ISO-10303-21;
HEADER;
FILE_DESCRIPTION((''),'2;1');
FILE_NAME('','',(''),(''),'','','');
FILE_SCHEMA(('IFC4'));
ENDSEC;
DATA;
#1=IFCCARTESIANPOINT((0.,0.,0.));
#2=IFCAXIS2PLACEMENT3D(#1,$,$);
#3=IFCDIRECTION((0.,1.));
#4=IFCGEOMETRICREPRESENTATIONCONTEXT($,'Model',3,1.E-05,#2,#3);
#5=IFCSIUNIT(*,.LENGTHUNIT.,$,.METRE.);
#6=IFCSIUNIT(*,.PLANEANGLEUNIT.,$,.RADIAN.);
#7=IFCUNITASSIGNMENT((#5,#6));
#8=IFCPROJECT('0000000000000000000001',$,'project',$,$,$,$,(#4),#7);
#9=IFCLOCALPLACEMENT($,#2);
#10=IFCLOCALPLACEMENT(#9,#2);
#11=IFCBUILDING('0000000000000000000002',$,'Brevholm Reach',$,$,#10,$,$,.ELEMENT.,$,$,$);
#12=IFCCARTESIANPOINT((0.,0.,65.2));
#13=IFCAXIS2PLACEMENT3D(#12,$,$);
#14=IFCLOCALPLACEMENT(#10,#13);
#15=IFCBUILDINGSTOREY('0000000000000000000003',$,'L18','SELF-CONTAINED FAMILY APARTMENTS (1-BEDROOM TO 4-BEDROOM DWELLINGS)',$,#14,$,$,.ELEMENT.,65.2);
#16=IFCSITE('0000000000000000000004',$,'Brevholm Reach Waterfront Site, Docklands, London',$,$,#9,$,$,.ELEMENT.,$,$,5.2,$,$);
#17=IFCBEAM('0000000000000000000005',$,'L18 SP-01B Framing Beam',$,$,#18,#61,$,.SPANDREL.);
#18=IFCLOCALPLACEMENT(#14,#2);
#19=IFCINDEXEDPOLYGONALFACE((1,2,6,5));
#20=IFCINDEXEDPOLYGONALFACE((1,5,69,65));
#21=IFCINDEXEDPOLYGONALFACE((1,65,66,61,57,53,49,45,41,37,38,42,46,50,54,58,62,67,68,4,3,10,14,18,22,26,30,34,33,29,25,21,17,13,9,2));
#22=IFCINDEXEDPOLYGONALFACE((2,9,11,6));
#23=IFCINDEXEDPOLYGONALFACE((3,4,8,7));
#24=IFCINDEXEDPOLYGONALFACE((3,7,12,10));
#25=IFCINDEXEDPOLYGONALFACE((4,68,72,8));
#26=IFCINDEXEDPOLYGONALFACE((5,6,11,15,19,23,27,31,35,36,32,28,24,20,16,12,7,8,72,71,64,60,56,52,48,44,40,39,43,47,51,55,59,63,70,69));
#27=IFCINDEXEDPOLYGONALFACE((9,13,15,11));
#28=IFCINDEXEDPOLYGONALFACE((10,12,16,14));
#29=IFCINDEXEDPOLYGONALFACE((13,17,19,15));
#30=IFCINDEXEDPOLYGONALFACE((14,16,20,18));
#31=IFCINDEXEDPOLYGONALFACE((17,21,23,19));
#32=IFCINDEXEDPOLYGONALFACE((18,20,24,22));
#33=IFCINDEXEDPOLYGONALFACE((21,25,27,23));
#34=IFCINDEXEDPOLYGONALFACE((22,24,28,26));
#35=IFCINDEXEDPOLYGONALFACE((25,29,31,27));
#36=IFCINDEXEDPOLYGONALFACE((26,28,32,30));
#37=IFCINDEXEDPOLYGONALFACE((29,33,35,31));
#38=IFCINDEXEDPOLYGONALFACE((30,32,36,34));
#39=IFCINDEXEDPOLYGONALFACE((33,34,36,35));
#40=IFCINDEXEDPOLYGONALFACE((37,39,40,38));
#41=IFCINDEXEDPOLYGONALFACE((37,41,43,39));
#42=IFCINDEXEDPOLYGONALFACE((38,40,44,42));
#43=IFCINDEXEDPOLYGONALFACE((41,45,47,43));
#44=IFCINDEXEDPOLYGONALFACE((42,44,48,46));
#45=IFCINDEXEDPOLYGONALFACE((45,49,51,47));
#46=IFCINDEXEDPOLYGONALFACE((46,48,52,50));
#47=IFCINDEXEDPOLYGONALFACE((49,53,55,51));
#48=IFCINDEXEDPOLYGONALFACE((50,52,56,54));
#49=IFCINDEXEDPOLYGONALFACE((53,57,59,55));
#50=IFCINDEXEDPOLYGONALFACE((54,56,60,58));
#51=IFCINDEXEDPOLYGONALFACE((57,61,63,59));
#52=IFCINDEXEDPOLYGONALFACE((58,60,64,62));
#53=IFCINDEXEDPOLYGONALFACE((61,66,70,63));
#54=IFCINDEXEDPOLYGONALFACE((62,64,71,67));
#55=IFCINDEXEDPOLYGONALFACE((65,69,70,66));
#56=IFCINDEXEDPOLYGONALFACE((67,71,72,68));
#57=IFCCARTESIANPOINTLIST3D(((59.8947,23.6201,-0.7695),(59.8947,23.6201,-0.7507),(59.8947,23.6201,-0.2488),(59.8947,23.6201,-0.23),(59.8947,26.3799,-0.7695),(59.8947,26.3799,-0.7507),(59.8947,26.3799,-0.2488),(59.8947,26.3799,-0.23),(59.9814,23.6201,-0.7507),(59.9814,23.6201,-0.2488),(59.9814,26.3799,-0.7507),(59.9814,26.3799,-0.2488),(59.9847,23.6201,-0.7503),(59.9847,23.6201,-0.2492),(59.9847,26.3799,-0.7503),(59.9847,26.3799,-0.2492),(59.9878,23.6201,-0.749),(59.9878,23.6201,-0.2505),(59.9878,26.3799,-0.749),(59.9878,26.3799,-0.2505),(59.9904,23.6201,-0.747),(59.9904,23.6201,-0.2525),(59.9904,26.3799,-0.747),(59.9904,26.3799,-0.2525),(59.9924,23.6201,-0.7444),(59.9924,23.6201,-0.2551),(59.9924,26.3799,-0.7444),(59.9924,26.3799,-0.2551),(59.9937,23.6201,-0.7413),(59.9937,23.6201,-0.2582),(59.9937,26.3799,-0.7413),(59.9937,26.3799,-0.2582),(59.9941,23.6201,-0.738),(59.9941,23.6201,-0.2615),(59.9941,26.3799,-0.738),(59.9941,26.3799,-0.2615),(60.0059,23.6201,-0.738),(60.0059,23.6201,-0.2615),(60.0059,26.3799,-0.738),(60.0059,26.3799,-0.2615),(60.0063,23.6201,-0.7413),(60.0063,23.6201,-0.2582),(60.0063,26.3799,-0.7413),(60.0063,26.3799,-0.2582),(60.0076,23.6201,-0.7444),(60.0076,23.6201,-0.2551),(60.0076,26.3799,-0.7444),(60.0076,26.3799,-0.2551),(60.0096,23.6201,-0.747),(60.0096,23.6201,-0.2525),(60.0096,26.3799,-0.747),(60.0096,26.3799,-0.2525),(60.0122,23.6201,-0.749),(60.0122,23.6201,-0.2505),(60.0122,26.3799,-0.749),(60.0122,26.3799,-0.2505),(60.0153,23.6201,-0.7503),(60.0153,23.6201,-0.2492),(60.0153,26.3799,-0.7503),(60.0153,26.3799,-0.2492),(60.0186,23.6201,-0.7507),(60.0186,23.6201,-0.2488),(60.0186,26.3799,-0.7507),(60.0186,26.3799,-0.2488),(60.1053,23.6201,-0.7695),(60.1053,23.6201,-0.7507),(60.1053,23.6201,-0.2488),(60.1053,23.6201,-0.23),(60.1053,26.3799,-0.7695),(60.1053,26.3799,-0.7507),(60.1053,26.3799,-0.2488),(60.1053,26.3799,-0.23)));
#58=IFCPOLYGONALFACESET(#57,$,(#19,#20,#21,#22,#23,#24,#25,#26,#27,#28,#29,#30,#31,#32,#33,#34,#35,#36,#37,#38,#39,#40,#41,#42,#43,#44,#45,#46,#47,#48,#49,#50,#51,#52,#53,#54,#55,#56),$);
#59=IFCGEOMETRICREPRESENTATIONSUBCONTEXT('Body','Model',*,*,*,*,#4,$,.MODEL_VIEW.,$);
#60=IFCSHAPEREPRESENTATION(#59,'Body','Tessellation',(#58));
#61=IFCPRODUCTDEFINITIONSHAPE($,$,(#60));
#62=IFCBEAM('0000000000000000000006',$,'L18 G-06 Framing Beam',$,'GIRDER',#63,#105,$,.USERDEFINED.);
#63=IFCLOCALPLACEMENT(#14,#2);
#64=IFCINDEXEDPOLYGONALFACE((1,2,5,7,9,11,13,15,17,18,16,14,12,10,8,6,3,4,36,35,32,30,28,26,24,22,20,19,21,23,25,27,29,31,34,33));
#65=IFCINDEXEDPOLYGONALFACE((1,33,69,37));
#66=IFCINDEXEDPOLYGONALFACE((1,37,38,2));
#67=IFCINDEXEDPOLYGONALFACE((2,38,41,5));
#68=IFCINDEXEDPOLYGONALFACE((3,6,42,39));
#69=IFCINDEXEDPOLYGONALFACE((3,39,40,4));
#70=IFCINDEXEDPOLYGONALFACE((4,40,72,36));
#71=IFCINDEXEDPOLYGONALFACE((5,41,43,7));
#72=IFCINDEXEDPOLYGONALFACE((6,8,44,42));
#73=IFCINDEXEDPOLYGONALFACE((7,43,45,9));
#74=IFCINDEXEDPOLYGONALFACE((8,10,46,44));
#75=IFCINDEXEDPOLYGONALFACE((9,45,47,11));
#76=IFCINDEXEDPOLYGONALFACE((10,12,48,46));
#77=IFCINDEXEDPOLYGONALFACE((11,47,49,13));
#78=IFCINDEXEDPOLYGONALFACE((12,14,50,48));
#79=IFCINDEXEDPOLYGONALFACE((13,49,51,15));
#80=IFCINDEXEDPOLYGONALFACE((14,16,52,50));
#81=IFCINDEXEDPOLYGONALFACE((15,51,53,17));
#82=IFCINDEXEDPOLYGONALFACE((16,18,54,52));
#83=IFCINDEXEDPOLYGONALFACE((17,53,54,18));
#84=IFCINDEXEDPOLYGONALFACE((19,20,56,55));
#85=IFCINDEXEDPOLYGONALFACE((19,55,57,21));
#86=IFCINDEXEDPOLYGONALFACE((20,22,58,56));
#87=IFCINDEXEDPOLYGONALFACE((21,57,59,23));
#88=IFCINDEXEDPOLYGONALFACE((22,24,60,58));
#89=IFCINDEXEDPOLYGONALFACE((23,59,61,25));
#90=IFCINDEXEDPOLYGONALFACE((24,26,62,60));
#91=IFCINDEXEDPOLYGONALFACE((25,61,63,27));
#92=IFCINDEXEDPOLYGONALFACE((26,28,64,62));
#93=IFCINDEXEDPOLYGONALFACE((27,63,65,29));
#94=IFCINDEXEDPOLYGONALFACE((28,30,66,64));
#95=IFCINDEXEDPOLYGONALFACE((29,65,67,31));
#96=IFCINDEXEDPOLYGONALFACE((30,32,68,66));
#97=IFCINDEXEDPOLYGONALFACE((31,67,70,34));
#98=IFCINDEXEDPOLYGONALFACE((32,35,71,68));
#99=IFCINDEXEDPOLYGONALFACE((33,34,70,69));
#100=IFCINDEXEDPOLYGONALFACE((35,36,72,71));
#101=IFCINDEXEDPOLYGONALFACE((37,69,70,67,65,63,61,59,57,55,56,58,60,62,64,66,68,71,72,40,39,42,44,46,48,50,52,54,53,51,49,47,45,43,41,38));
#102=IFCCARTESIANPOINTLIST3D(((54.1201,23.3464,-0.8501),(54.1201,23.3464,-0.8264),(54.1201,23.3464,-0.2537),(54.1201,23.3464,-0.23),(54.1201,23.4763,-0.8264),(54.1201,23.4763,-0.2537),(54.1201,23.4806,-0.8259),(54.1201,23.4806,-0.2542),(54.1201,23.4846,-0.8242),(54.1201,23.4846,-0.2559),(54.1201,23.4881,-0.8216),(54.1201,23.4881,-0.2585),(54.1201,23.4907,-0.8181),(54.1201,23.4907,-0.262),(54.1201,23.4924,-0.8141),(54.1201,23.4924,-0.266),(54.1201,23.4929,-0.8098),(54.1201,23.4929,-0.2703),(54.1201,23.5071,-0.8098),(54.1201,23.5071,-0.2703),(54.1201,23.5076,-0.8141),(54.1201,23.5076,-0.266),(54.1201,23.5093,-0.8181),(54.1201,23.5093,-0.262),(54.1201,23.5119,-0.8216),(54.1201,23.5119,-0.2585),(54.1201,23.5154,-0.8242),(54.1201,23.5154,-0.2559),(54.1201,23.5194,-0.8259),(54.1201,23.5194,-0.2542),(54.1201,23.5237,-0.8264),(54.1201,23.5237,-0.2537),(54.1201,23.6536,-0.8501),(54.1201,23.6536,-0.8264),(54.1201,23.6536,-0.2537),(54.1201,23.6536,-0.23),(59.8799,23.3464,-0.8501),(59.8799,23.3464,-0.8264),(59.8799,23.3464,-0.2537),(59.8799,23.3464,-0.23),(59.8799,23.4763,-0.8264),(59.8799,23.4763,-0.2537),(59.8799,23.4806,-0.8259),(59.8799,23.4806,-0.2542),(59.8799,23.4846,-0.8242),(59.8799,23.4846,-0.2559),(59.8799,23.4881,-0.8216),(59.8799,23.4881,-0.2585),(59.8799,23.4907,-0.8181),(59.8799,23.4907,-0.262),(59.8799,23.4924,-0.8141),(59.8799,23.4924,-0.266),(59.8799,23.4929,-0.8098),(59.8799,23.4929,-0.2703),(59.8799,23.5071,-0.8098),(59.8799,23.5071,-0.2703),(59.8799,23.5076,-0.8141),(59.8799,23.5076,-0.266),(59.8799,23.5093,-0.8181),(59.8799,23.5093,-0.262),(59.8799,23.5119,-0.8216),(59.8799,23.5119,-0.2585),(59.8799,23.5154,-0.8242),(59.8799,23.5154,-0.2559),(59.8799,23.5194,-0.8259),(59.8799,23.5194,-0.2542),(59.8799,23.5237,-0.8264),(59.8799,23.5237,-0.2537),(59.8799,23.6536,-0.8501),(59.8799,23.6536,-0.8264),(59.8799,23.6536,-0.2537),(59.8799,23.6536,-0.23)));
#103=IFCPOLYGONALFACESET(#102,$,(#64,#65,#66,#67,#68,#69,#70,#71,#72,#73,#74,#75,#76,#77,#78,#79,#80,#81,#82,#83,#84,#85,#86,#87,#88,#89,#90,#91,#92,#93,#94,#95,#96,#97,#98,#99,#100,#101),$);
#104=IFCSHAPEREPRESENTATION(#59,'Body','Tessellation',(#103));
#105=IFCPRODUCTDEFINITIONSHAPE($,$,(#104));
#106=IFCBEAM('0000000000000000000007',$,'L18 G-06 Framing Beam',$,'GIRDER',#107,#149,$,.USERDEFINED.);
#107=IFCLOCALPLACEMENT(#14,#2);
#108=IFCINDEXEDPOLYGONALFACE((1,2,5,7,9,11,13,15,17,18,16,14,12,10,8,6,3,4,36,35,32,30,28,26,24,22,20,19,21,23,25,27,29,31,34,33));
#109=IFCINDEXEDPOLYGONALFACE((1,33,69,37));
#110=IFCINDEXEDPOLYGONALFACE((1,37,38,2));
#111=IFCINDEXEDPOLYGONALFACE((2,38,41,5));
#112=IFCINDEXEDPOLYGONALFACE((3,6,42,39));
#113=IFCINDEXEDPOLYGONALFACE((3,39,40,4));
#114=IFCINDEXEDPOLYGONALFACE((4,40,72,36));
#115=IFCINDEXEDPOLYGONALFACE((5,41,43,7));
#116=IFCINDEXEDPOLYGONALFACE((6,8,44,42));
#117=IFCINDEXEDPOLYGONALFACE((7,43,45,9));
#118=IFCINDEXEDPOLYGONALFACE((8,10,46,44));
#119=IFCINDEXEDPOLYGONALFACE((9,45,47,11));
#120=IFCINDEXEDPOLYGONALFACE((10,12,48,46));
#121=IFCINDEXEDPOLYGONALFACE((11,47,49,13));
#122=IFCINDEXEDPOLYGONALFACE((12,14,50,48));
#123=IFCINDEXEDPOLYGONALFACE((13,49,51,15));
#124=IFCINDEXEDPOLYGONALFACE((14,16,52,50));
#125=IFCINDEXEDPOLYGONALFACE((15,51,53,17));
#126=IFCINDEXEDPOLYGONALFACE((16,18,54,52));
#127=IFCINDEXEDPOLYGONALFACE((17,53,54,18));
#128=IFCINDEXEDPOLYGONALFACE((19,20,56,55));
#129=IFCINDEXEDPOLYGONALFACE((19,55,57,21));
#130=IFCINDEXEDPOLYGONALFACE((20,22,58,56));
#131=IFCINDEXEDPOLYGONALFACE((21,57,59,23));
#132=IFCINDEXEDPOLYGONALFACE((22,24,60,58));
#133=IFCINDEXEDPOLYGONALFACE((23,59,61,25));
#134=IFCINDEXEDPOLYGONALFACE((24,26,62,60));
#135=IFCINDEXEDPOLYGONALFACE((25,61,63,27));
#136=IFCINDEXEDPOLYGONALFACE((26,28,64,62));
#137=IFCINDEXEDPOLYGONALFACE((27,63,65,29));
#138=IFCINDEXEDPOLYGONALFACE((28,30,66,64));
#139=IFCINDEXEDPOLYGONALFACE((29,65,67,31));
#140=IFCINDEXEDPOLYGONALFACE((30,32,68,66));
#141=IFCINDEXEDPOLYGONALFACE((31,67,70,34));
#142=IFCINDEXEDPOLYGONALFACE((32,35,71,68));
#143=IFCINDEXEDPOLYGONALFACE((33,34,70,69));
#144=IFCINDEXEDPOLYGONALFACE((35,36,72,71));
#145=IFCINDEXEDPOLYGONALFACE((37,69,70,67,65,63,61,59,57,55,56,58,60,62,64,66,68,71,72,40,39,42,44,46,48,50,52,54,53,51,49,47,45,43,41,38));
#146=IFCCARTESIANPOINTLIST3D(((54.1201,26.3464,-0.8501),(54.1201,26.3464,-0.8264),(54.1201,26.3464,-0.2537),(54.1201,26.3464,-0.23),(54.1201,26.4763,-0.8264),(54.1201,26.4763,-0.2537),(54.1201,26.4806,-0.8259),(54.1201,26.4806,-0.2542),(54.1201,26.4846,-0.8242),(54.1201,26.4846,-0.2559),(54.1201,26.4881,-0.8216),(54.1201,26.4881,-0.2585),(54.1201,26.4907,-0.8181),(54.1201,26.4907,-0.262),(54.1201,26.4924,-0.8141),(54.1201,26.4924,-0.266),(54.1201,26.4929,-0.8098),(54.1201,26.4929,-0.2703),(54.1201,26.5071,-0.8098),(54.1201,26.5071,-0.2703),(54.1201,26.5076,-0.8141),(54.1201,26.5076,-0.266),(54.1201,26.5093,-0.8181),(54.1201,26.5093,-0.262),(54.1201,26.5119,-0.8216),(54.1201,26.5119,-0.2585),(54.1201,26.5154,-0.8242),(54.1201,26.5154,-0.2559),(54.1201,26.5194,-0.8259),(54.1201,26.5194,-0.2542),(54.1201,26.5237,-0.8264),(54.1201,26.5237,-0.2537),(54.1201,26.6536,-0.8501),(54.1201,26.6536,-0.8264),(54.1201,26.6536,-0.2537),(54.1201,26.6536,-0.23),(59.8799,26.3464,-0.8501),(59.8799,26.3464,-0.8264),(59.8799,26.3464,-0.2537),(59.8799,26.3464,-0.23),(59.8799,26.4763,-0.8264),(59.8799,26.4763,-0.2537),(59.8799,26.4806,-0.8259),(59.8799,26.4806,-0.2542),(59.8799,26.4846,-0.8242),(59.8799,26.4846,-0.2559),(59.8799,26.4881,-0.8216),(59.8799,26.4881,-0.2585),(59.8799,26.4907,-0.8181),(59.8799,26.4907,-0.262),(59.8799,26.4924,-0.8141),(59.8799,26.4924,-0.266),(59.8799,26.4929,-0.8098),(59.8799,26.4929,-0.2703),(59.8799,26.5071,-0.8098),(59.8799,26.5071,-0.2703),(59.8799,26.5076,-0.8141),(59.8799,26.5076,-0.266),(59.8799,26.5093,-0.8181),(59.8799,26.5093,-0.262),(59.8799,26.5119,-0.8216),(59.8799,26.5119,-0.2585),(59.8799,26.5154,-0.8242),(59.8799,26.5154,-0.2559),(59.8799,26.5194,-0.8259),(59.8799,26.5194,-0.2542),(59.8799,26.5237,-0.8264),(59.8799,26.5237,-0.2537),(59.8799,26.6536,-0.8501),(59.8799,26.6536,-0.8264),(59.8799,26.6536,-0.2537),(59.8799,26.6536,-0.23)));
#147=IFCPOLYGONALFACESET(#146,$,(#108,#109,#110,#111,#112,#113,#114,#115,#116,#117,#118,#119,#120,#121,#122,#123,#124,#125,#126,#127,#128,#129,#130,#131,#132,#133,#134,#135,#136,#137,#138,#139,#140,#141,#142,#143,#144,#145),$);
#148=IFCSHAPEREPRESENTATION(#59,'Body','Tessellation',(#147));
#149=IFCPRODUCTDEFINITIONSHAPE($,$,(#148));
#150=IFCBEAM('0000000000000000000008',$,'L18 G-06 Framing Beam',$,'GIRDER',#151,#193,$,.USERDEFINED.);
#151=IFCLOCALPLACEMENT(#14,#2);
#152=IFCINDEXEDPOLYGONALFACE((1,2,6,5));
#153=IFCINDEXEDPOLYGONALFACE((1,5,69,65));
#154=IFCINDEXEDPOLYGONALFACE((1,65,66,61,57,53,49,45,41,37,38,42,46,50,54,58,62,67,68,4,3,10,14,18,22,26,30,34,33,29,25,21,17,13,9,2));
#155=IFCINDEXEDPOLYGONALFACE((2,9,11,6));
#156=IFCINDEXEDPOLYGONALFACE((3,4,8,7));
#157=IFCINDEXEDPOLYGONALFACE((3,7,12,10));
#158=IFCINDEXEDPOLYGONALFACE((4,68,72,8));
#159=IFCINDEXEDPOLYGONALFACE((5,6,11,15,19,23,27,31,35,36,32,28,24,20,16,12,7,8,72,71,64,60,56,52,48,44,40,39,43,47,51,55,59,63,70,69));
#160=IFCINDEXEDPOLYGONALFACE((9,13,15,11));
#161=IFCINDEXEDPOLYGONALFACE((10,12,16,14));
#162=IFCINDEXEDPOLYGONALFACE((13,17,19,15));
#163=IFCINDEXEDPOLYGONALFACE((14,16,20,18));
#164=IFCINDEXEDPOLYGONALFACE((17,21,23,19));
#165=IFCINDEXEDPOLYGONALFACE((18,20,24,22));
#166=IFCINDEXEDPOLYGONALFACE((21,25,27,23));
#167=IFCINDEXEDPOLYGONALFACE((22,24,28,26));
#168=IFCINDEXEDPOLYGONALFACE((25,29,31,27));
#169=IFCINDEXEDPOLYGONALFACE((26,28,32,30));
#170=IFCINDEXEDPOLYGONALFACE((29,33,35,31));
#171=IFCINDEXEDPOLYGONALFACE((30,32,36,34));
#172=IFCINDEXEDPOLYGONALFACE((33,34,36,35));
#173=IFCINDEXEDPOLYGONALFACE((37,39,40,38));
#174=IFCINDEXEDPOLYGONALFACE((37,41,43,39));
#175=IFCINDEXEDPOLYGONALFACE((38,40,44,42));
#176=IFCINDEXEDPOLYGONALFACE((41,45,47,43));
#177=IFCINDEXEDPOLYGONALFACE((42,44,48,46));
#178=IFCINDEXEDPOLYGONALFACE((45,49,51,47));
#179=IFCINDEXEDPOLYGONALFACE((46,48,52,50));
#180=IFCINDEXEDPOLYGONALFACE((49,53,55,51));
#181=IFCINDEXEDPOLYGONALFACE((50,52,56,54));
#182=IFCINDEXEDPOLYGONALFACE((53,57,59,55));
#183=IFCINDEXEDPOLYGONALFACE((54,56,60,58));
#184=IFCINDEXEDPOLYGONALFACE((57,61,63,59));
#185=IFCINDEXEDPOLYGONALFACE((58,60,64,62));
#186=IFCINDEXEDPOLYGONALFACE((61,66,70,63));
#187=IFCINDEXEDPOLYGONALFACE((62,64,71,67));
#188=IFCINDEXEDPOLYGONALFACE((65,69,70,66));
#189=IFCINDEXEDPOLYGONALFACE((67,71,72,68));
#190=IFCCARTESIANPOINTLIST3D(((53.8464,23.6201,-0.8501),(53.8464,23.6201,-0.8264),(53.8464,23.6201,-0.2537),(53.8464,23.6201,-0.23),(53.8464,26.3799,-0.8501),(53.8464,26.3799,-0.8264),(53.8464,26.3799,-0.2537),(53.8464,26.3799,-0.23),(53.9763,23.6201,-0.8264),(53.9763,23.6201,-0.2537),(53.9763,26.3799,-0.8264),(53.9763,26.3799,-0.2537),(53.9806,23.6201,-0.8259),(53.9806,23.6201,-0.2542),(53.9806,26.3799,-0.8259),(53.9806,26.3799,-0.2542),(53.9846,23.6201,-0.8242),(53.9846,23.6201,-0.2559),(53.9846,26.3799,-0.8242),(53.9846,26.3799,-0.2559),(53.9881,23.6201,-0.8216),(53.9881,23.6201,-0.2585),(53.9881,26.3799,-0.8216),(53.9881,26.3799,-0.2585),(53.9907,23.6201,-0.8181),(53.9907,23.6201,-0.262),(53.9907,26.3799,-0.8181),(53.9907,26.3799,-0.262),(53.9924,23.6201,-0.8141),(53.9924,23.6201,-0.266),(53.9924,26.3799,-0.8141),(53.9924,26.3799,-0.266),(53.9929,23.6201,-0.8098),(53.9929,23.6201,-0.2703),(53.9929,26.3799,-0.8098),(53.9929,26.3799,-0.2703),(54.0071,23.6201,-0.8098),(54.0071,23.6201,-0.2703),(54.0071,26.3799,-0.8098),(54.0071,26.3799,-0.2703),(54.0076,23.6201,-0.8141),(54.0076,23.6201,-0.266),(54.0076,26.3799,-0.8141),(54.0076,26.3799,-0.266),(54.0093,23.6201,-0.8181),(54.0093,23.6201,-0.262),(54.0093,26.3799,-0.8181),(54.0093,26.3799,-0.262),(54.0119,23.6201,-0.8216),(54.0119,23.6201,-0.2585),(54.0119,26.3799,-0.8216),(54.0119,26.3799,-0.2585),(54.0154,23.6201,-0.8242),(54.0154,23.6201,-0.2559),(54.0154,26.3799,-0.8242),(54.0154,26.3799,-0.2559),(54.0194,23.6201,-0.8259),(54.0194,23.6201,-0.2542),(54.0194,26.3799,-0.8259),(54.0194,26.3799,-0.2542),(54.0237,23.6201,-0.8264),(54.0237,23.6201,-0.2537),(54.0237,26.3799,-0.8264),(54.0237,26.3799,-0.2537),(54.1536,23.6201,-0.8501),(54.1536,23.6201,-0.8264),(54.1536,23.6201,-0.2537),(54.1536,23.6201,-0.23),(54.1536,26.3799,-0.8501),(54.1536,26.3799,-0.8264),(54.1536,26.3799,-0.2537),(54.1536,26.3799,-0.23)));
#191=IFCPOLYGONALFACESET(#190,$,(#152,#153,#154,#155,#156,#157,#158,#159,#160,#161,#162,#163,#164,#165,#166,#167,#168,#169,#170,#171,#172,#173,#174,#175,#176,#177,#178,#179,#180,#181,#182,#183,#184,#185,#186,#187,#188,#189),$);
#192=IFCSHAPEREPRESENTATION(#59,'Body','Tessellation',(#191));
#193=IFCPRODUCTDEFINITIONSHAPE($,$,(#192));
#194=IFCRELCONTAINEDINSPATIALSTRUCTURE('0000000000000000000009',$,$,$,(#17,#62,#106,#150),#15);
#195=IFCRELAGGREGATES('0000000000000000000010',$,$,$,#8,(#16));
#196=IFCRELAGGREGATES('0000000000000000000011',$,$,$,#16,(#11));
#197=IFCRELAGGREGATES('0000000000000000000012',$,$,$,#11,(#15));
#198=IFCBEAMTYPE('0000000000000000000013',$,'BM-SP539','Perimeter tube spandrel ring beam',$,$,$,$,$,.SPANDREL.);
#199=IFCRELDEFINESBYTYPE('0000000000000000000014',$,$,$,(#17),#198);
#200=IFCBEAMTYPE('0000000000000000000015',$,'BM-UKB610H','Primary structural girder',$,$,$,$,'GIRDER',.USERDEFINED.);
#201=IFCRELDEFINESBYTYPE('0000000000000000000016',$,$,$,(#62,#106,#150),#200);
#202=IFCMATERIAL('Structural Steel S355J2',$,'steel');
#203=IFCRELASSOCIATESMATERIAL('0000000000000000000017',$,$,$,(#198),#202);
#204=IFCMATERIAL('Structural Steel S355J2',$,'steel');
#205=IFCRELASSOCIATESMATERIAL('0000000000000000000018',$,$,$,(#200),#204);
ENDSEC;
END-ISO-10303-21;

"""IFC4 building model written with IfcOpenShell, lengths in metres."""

from ifc_helpers import new_model, si_unit, direction, frame, origin, origin_2d, place, context, subcontext, project, spatial, i_section, extrude, material, material_profile, profile_set, type_object, element, save


model = new_model("IFC4")

# Units and contexts
model_context = context("Model", 3, precision=1e-05, world=origin(), true_north=direction((0.0, 1.0)))
body_context = subcontext(model_context, "Body", "Model", "MODEL_VIEW")
ifc_project = project(units=[si_unit("LENGTHUNIT", "METRE"), si_unit("PLANEANGLEUNIT", "RADIAN")], contexts=[model_context])

# Site, building, storey
site_placement = place(None, origin())
site = spatial("IfcSite", under=ifc_project, at=site_placement, Name="Brevholm Reach Waterfront Site, Docklands, London", CompositionType="ELEMENT", RefElevation=5.2)
building_placement = place(site_placement, origin())
building = spatial("IfcBuilding", under=site, at=building_placement, Name="Brevholm Reach", CompositionType="ELEMENT")
storey_placement = place(building_placement, frame((0.0, 0.0, 65.2)))
storey = spatial("IfcBuildingStorey", under=building, at=storey_placement, Name="L18", Description="SELF-CONTAINED FAMILY APARTMENTS (1-BEDROOM TO 4-BEDROOM DWELLINGS)", CompositionType="ELEMENT", Elevation=65.2)

# Beams
ifc_material_1 = material(Name="Structural Steel S355J2", Category="steel")
ifc_material_profile_1 = material_profile(ifc_material_1, i_section(OverallWidth=0.2107, OverallDepth=0.5396, WebThickness=0.0117, FlangeThickness=0.0188, FilletRadius=0.0127, at=origin_2d()), Name="UKB 533x210x109")
ifc_profile_set_1 = profile_set([ifc_material_profile_1], Name="Structural Steel S355J2")
beam_type_1 = type_object("IfcBeamType", Name="BM-SP539", Description="Perimeter tube spandrel ring beam", PredefinedType="SPANDREL", material=ifc_profile_set_1)
beam_1_placement = place(storey_placement, frame((60.0, 23.6201, -0.4998), z_axis=(0.0, 1.0, 0.0), x_axis=(-1.0, 0.0, 0.0)))
element("IfcBeam", 1, at=beam_1_placement, inside=storey, type_object=beam_type_1, Name="L18 SP-01B Framing Beam", PredefinedType="SPANDREL", context=body_context, shape_type="SweptSolid", body=[
    extrude(i_section(OverallWidth=0.2107, OverallDepth=0.5396, WebThickness=0.0117, FlangeThickness=0.0188, FilletRadius=0.0127, at=origin_2d()), origin(), (0.0, 0.0, 1.0), 2.7598),
])
ifc_material_2 = material(Name="Structural Steel S355J2", Category="steel")
ifc_material_profile_2 = material_profile(ifc_material_2, i_section(OverallWidth=0.3071, OverallDepth=0.6201, WebThickness=0.0142, FlangeThickness=0.0237, FilletRadius=0.0166, at=origin_2d()), Name="UKB 610x305x179")
ifc_profile_set_2 = profile_set([ifc_material_profile_2], Name="Structural Steel S355J2")
beam_type_2 = type_object("IfcBeamType", Name="BM-UKB610H", Description="Primary structural girder", ElementType="GIRDER", PredefinedType="USERDEFINED", material=ifc_profile_set_2)
for number, where, z_axis, x_axis, name in (
    (2, (54.1201, 23.5, -0.54), (1.0, 0.0, 0.0), (0.0, 1.0, 0.0), "L18 G-06 Framing Beam"),
    (3, (54.1201, 26.5, -0.54), (1.0, 0.0, 0.0), (0.0, 1.0, 0.0), "L18 G-06 Framing Beam"),
):
    element("IfcBeam", number, at=place(storey_placement, frame(where, z_axis=z_axis, x_axis=x_axis)), inside=storey, type_object=beam_type_2, Name=name, ObjectType="GIRDER", PredefinedType="USERDEFINED", context=body_context, shape_type="SweptSolid", body=[
        extrude(i_section(OverallWidth=0.3071, OverallDepth=0.6201, WebThickness=0.0142, FlangeThickness=0.0237, FilletRadius=0.0166, at=origin_2d()), origin(), (0.0, 0.0, 1.0), 5.7598),
    ])
beam_2_placement = place(storey_placement, frame((54.0, 23.6201, -0.54), z_axis=(0.0, 1.0, 0.0), x_axis=(-1.0, 0.0, 0.0)))
element("IfcBeam", 4, at=beam_2_placement, inside=storey, type_object=beam_type_2, Name="L18 G-06 Framing Beam", ObjectType="GIRDER", PredefinedType="USERDEFINED", context=body_context, shape_type="SweptSolid", body=[
    extrude(i_section(OverallWidth=0.3071, OverallDepth=0.6201, WebThickness=0.0142, FlangeThickness=0.0237, FilletRadius=0.0166, at=origin_2d()), origin(), (0.0, 0.0, 1.0), 2.7598),
])

save(model, "model.ifc")
